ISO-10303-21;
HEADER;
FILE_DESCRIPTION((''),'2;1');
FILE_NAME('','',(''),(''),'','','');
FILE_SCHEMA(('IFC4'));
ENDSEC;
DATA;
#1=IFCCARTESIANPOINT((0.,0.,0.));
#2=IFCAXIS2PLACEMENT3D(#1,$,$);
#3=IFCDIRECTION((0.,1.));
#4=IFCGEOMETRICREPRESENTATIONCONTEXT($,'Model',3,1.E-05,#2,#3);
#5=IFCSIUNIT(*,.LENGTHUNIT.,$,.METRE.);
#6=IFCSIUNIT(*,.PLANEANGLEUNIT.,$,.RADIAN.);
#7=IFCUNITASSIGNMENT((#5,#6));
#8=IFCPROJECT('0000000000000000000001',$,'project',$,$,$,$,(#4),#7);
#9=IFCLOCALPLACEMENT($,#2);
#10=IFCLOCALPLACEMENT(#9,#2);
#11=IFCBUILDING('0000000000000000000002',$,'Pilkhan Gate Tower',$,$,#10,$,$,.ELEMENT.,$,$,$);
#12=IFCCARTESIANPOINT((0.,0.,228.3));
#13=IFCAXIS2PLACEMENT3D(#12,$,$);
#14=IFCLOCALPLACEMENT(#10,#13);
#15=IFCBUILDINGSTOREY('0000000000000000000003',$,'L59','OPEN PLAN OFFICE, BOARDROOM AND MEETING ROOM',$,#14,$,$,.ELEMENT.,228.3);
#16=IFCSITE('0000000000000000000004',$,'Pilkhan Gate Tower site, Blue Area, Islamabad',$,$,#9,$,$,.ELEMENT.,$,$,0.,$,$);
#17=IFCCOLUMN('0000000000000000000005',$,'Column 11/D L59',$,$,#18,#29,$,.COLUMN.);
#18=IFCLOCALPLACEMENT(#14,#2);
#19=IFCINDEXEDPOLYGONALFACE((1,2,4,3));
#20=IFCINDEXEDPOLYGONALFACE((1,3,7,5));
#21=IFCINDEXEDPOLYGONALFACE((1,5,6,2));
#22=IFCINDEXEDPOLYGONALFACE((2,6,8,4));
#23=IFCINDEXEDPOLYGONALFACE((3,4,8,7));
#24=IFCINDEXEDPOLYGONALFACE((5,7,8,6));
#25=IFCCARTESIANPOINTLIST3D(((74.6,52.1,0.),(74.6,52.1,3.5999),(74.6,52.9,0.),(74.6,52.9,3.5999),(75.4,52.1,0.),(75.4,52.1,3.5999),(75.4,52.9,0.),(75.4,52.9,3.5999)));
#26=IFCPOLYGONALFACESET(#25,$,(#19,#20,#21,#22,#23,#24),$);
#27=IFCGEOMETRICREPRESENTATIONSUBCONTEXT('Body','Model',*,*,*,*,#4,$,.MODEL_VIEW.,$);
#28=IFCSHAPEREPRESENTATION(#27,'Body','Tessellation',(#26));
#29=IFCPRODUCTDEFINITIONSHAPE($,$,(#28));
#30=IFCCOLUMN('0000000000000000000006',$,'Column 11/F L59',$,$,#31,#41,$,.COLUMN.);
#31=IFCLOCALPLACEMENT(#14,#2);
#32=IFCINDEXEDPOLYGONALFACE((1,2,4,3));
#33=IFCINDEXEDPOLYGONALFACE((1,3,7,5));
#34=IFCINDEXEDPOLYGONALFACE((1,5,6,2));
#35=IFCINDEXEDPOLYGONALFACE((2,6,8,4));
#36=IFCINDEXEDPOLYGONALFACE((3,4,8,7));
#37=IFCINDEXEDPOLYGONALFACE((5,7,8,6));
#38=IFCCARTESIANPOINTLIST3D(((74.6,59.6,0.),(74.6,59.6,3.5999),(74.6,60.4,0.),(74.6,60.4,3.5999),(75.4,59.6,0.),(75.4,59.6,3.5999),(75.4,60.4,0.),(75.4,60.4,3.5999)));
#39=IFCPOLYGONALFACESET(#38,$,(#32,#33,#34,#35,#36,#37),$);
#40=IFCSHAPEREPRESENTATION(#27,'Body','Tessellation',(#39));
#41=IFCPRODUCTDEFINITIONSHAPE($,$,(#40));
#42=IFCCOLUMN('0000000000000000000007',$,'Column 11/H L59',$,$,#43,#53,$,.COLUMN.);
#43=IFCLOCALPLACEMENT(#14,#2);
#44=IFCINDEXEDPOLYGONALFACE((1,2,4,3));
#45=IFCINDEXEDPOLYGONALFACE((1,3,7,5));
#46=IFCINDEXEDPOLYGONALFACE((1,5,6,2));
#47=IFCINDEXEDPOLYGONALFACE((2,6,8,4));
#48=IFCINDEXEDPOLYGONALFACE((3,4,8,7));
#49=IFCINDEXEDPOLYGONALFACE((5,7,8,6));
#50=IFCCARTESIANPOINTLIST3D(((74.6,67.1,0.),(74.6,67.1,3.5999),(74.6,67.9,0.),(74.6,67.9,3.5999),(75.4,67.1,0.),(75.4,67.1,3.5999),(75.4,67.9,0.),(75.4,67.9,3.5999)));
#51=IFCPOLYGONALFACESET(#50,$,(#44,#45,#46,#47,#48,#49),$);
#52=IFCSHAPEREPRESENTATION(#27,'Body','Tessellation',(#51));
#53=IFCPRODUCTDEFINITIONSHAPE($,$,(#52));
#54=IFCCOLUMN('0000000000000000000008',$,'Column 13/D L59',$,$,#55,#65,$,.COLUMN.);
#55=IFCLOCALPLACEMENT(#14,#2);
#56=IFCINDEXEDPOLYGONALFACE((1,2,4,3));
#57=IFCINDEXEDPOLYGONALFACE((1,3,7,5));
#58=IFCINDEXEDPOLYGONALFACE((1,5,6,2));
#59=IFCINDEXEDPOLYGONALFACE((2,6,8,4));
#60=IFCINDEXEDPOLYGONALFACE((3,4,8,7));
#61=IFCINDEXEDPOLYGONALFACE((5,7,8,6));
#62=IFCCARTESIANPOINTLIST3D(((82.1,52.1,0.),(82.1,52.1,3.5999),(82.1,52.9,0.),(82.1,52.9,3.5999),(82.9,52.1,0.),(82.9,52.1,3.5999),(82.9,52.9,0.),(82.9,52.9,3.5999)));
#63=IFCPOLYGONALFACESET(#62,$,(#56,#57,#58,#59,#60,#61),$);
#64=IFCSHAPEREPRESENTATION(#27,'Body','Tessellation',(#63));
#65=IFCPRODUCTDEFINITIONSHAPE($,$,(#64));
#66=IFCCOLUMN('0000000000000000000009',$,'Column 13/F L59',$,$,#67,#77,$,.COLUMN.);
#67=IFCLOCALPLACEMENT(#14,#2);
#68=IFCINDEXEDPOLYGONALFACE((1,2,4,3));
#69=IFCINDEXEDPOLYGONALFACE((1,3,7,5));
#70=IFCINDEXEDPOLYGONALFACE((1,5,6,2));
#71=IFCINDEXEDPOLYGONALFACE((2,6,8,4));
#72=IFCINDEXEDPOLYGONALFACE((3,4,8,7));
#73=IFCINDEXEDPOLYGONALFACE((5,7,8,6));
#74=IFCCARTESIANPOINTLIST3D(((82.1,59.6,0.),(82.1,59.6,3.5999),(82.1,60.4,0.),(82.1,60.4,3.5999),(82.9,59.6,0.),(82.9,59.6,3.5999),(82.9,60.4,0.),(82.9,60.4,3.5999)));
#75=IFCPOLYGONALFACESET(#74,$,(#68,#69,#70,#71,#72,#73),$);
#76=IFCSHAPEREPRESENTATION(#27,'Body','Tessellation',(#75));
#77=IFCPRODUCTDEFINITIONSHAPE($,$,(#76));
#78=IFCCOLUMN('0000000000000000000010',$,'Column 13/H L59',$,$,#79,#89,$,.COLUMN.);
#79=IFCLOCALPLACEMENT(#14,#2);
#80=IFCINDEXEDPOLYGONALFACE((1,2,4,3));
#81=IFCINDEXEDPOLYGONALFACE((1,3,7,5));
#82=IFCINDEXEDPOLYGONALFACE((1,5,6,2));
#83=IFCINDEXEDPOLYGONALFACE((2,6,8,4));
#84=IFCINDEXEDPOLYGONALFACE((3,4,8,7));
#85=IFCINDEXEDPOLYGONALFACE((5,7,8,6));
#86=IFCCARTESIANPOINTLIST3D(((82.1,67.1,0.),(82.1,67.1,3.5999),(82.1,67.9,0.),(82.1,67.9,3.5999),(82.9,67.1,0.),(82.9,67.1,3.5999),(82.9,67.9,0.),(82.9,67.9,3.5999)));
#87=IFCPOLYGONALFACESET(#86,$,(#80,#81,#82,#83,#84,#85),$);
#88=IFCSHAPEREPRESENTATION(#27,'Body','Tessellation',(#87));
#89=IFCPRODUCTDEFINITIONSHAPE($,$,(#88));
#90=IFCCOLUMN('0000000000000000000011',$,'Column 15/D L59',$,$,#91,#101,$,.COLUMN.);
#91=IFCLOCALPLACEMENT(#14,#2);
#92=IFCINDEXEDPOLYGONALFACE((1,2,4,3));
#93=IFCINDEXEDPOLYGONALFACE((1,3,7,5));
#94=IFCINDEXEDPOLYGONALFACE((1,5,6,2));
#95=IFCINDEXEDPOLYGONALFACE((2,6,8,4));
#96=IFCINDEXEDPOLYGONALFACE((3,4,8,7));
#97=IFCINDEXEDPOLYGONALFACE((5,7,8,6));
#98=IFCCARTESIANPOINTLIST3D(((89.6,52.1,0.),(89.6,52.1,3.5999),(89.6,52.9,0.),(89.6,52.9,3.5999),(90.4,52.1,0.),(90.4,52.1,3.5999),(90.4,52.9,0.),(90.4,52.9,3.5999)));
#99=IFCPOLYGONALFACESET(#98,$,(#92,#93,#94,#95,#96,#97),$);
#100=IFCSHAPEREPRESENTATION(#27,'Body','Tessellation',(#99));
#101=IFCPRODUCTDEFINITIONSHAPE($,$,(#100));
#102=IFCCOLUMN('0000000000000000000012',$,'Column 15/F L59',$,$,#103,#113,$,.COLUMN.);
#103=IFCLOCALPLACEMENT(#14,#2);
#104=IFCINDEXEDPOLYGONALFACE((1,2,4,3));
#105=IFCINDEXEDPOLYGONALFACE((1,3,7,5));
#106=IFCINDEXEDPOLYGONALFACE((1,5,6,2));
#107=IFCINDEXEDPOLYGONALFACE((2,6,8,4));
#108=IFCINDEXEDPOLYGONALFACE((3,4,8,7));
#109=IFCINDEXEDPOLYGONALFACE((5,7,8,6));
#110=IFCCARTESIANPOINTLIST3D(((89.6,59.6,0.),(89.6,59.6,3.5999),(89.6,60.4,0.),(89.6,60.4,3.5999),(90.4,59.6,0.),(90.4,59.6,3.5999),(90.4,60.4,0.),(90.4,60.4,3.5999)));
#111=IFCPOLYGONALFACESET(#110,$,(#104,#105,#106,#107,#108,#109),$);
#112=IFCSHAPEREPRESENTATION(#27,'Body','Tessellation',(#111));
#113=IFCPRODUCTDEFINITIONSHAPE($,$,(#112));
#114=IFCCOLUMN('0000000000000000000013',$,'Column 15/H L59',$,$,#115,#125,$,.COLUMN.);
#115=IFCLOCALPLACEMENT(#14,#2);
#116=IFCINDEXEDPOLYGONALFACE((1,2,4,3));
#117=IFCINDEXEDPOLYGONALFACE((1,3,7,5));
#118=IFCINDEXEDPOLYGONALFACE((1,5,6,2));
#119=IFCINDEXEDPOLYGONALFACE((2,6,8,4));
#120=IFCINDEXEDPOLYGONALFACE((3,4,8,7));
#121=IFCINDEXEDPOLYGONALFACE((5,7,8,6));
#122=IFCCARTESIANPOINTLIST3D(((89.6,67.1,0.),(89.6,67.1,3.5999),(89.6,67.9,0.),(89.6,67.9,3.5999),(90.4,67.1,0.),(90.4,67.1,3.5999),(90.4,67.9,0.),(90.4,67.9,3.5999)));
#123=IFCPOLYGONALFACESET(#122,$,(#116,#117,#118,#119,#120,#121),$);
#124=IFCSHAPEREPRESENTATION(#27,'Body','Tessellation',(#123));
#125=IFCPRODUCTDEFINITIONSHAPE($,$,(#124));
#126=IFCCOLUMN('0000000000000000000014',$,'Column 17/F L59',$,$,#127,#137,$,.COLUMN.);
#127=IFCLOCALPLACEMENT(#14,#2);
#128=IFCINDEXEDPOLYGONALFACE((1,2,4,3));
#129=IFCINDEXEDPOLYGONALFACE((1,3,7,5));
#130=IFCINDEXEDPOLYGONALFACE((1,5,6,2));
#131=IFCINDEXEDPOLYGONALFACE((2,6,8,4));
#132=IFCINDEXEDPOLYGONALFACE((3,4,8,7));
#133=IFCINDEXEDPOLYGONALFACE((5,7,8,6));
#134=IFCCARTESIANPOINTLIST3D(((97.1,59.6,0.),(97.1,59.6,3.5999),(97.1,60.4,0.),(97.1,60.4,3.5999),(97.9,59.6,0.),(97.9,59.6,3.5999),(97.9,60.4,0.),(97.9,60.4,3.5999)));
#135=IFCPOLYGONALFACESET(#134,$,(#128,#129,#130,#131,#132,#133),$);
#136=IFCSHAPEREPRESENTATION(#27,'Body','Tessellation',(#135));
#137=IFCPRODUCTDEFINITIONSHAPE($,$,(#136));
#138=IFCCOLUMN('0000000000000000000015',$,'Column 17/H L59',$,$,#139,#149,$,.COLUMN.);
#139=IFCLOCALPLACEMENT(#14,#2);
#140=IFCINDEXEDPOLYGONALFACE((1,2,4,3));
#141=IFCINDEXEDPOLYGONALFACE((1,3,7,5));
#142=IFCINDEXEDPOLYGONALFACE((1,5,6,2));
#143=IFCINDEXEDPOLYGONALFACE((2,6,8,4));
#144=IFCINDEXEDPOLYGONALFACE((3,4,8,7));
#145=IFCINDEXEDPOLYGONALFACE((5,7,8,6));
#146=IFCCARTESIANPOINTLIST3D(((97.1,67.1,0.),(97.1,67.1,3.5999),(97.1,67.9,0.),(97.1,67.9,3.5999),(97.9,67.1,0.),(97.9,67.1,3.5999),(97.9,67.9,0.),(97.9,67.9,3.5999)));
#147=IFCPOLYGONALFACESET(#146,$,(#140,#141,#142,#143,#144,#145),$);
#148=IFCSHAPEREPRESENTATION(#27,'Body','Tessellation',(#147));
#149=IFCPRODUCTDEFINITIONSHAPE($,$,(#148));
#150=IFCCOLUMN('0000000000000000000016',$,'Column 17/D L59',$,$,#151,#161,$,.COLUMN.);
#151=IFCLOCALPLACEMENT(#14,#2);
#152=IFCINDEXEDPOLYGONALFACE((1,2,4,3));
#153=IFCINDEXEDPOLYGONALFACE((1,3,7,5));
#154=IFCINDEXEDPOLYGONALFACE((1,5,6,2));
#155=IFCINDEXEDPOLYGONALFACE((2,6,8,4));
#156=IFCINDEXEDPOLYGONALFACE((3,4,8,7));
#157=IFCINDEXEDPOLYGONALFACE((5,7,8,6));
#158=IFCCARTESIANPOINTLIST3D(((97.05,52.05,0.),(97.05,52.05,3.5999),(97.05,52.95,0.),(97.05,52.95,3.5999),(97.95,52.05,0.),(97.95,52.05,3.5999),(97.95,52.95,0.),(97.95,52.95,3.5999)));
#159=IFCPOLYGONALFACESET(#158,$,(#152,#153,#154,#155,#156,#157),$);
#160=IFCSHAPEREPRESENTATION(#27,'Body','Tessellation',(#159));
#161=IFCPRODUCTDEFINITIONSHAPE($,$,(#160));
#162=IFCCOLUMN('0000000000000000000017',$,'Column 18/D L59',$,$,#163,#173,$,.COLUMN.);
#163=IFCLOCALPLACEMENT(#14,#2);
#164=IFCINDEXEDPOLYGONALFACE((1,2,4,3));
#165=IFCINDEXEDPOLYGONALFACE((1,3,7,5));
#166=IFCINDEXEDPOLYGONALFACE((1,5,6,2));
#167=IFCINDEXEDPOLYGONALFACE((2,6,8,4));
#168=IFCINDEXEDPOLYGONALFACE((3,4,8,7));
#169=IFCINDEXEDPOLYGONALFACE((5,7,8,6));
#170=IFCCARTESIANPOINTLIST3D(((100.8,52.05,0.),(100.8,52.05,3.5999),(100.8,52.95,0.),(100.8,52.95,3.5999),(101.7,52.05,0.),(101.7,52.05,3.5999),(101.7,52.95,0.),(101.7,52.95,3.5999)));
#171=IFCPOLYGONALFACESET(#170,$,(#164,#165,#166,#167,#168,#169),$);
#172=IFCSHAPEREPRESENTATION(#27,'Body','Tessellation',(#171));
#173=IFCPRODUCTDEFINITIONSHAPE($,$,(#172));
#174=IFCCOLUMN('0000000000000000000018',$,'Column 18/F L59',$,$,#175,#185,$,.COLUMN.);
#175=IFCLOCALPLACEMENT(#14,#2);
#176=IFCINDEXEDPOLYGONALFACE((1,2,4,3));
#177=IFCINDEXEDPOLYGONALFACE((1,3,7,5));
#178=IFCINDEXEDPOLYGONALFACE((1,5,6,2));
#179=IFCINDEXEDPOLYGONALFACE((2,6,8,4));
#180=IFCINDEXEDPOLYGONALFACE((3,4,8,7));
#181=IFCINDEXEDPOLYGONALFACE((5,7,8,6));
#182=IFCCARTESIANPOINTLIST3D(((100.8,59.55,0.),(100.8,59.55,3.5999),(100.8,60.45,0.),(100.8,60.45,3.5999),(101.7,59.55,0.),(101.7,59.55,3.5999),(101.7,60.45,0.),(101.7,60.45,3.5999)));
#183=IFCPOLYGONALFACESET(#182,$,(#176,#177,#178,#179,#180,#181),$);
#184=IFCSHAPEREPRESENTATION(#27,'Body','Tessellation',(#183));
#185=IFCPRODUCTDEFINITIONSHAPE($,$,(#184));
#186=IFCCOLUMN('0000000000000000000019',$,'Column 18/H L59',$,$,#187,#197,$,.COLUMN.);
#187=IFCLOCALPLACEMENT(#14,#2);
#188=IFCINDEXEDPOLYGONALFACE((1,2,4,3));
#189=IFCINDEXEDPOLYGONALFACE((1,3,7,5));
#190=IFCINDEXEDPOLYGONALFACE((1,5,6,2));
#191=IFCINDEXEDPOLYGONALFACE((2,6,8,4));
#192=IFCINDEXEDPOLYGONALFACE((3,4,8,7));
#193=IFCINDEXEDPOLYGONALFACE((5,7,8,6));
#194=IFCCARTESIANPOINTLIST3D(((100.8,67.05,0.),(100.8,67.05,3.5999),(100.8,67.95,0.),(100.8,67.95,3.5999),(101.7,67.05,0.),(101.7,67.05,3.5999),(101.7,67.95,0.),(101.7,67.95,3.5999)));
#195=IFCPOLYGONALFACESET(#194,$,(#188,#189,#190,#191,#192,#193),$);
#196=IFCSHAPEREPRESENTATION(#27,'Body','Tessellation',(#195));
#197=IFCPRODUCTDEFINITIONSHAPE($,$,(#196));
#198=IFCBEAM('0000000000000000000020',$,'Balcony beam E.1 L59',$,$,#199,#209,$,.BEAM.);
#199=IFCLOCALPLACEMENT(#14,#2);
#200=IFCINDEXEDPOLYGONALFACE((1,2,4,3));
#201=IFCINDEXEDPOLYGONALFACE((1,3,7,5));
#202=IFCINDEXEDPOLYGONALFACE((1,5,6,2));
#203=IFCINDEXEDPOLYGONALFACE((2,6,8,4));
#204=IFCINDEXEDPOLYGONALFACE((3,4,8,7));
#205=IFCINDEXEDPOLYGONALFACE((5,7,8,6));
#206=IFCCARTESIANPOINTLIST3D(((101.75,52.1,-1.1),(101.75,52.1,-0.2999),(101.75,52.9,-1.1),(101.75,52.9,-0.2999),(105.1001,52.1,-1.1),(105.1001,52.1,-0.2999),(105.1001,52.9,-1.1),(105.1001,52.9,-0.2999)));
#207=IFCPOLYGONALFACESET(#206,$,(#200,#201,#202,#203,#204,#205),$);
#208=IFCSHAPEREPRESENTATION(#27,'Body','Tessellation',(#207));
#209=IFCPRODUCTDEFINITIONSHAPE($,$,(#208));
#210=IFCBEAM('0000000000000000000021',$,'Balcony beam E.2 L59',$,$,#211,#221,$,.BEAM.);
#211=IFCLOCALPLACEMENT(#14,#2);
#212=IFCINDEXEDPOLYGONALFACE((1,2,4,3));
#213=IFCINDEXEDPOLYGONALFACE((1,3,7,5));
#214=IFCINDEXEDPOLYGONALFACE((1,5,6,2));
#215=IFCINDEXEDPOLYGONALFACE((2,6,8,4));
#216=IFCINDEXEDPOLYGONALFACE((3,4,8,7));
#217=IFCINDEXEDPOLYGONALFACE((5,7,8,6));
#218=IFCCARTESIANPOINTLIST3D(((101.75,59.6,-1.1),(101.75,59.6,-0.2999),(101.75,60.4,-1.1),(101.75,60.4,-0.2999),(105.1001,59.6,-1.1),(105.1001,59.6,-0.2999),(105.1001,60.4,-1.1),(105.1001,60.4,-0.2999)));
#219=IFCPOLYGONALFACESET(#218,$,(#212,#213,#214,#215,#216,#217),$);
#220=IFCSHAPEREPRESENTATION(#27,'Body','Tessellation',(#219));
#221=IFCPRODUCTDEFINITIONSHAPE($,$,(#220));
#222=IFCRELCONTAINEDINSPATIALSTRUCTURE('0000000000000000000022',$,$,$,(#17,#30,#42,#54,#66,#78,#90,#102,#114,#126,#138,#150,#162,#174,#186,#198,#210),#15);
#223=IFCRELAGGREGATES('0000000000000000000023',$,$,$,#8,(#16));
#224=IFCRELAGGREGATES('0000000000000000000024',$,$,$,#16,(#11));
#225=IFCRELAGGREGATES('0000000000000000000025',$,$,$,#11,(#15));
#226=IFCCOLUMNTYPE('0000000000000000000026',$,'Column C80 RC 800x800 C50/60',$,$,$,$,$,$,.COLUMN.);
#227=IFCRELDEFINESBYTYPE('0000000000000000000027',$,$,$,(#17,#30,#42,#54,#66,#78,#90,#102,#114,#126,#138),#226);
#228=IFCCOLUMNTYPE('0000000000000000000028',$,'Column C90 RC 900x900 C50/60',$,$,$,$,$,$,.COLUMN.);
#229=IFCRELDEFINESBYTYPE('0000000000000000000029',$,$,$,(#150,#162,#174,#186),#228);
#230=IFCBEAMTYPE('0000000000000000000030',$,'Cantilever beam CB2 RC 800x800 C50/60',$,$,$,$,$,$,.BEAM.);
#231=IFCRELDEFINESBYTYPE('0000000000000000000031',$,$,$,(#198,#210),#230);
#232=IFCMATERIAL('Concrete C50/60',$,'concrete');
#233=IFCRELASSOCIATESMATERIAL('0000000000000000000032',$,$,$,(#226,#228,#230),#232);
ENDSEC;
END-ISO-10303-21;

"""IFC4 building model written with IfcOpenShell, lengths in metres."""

from ifc_helpers import new_model, si_unit, direction, frame, origin, origin_2d, place, context, subcontext, project, spatial, rectangle, extrude, material, material_profile, profile_set, type_object, element, save


model = new_model("IFC4")

# Units and contexts
model_context = context("Model", 3, precision=1e-05, world=origin(), true_north=direction((0.0, 1.0)))
body_context = subcontext(model_context, "Body", "Model", "MODEL_VIEW")
ifc_project = project(units=[si_unit("LENGTHUNIT", "METRE"), si_unit("PLANEANGLEUNIT", "RADIAN")], contexts=[model_context])

# Site, building, storey
site_placement = place(None, origin())
site = spatial("IfcSite", under=ifc_project, at=site_placement, Name="Pilkhan Gate Tower site, Blue Area, Islamabad", CompositionType="ELEMENT", RefElevation=0.0)
building_placement = place(site_placement, origin())
building = spatial("IfcBuilding", under=site, at=building_placement, Name="Pilkhan Gate Tower", CompositionType="ELEMENT")
storey_placement = place(building_placement, frame((0.0, 0.0, 228.3)))
storey = spatial("IfcBuildingStorey", under=building, at=storey_placement, Name="L59", Description="OPEN PLAN OFFICE, BOARDROOM AND MEETING ROOM", CompositionType="ELEMENT", Elevation=228.3)

# Columns
ifc_material_1 = material(Name="Concrete C50/60", Category="concrete")
ifc_material_profile_1 = material_profile(ifc_material_1, rectangle(XDim=0.8, YDim=0.8, at=origin_2d()), Name="RC 800x800")
ifc_profile_set_1 = profile_set([ifc_material_profile_1], Name="Concrete C50/60")
column_type_1 = type_object("IfcColumnType", Name="Column C80 RC 800x800 C50/60", PredefinedType="COLUMN", material=ifc_profile_set_1)
for number, where, z_axis, x_axis, name in (
    (1, (75.0, 52.5, 0.0), (0.0, 0.0, 1.0), (1.0, 0.0, 0.0), "Column 11/D L59"),
    (2, (75.0, 60.0, 0.0), (0.0, 0.0, 1.0), (1.0, 0.0, 0.0), "Column 11/F L59"),
    (3, (75.0, 67.5, 0.0), (0.0, 0.0, 1.0), (1.0, 0.0, 0.0), "Column 11/H L59"),
    (4, (82.5, 52.5, 0.0), (0.0, 0.0, 1.0), (1.0, 0.0, 0.0), "Column 13/D L59"),
    (5, (82.5, 60.0, 0.0), (0.0, 0.0, 1.0), (1.0, 0.0, 0.0), "Column 13/F L59"),
    (6, (82.5, 67.5, 0.0), (0.0, 0.0, 1.0), (1.0, 0.0, 0.0), "Column 13/H L59"),
    (7, (90.0, 52.5, 0.0), (0.0, 0.0, 1.0), (1.0, 0.0, 0.0), "Column 15/D L59"),
    (8, (90.0, 60.0, 0.0), (0.0, 0.0, 1.0), (1.0, 0.0, 0.0), "Column 15/F L59"),
    (9, (90.0, 67.5, 0.0), (0.0, 0.0, 1.0), (1.0, 0.0, 0.0), "Column 15/H L59"),
    (10, (97.5, 60.0, 0.0), (0.0, 0.0, 1.0), (1.0, 0.0, 0.0), "Column 17/F L59"),
    (11, (97.5, 67.5, 0.0), (0.0, 0.0, 1.0), (1.0, 0.0, 0.0), "Column 17/H L59"),
):
    element("IfcColumn", number, at=place(storey_placement, frame(where, z_axis=z_axis, x_axis=x_axis)), inside=storey, type_object=column_type_1, Name=name, PredefinedType="COLUMN", context=body_context, shape_type="SweptSolid", body=[
        extrude(rectangle(XDim=0.8, YDim=0.8, at=origin_2d()), origin(), (0.0, 0.0, 1.0), 3.5999),
    ])
ifc_material_profile_2 = material_profile(ifc_material_1, rectangle(XDim=0.8999, YDim=0.8999, at=origin_2d()), Name="RC 900x900")
ifc_profile_set_2 = profile_set([ifc_material_profile_2], Name="Concrete C50/60")
column_type_2 = type_object("IfcColumnType", Name="Column C90 RC 900x900 C50/60", PredefinedType="COLUMN", material=ifc_profile_set_2)
for number, where, z_axis, x_axis, name in (
    (12, (97.5, 52.5, 0.0), (0.0, 0.0, 1.0), (1.0, 0.0, 0.0), "Column 17/D L59"),
    (13, (101.25, 52.5, 0.0), (0.0, 0.0, 1.0), (1.0, 0.0, 0.0), "Column 18/D L59"),
    (14, (101.25, 60.0, 0.0), (0.0, 0.0, 1.0), (1.0, 0.0, 0.0), "Column 18/F L59"),
    (15, (101.25, 67.5, 0.0), (0.0, 0.0, 1.0), (1.0, 0.0, 0.0), "Column 18/H L59"),
):
    element("IfcColumn", number, at=place(storey_placement, frame(where, z_axis=z_axis, x_axis=x_axis)), inside=storey, type_object=column_type_2, Name=name, PredefinedType="COLUMN", context=body_context, shape_type="SweptSolid", body=[
        extrude(rectangle(XDim=0.8999, YDim=0.8999, at=origin_2d()), origin(), (0.0, 0.0, 1.0), 3.5999),
    ])

# Beams
ifc_material_profile_3 = material_profile(ifc_material_1, rectangle(XDim=0.8, YDim=0.8, at=origin_2d()), Name="RC 800x800")
ifc_profile_set_3 = profile_set([ifc_material_profile_3], Name="Concrete C50/60")
beam_type = type_object("IfcBeamType", Name="Cantilever beam CB2 RC 800x800 C50/60", PredefinedType="BEAM", material=ifc_profile_set_3)
for number, where, z_axis, x_axis, name in (
    (16, (101.75, 52.5, -0.7), (1.0, 0.0, 0.0), (0.0, 1.0, 0.0), "Balcony beam E.1 L59"),
    (17, (101.75, 60.0, -0.7), (1.0, 0.0, 0.0), (0.0, 1.0, 0.0), "Balcony beam E.2 L59"),
):
    element("IfcBeam", number, at=place(storey_placement, frame(where, z_axis=z_axis, x_axis=x_axis)), inside=storey, type_object=beam_type, Name=name, PredefinedType="BEAM", context=body_context, shape_type="SweptSolid", body=[
        extrude(rectangle(XDim=0.8, YDim=0.8, at=origin_2d()), origin(), (0.0, 0.0, 1.0), 3.3501),
    ])

save(model, "model.ifc")
